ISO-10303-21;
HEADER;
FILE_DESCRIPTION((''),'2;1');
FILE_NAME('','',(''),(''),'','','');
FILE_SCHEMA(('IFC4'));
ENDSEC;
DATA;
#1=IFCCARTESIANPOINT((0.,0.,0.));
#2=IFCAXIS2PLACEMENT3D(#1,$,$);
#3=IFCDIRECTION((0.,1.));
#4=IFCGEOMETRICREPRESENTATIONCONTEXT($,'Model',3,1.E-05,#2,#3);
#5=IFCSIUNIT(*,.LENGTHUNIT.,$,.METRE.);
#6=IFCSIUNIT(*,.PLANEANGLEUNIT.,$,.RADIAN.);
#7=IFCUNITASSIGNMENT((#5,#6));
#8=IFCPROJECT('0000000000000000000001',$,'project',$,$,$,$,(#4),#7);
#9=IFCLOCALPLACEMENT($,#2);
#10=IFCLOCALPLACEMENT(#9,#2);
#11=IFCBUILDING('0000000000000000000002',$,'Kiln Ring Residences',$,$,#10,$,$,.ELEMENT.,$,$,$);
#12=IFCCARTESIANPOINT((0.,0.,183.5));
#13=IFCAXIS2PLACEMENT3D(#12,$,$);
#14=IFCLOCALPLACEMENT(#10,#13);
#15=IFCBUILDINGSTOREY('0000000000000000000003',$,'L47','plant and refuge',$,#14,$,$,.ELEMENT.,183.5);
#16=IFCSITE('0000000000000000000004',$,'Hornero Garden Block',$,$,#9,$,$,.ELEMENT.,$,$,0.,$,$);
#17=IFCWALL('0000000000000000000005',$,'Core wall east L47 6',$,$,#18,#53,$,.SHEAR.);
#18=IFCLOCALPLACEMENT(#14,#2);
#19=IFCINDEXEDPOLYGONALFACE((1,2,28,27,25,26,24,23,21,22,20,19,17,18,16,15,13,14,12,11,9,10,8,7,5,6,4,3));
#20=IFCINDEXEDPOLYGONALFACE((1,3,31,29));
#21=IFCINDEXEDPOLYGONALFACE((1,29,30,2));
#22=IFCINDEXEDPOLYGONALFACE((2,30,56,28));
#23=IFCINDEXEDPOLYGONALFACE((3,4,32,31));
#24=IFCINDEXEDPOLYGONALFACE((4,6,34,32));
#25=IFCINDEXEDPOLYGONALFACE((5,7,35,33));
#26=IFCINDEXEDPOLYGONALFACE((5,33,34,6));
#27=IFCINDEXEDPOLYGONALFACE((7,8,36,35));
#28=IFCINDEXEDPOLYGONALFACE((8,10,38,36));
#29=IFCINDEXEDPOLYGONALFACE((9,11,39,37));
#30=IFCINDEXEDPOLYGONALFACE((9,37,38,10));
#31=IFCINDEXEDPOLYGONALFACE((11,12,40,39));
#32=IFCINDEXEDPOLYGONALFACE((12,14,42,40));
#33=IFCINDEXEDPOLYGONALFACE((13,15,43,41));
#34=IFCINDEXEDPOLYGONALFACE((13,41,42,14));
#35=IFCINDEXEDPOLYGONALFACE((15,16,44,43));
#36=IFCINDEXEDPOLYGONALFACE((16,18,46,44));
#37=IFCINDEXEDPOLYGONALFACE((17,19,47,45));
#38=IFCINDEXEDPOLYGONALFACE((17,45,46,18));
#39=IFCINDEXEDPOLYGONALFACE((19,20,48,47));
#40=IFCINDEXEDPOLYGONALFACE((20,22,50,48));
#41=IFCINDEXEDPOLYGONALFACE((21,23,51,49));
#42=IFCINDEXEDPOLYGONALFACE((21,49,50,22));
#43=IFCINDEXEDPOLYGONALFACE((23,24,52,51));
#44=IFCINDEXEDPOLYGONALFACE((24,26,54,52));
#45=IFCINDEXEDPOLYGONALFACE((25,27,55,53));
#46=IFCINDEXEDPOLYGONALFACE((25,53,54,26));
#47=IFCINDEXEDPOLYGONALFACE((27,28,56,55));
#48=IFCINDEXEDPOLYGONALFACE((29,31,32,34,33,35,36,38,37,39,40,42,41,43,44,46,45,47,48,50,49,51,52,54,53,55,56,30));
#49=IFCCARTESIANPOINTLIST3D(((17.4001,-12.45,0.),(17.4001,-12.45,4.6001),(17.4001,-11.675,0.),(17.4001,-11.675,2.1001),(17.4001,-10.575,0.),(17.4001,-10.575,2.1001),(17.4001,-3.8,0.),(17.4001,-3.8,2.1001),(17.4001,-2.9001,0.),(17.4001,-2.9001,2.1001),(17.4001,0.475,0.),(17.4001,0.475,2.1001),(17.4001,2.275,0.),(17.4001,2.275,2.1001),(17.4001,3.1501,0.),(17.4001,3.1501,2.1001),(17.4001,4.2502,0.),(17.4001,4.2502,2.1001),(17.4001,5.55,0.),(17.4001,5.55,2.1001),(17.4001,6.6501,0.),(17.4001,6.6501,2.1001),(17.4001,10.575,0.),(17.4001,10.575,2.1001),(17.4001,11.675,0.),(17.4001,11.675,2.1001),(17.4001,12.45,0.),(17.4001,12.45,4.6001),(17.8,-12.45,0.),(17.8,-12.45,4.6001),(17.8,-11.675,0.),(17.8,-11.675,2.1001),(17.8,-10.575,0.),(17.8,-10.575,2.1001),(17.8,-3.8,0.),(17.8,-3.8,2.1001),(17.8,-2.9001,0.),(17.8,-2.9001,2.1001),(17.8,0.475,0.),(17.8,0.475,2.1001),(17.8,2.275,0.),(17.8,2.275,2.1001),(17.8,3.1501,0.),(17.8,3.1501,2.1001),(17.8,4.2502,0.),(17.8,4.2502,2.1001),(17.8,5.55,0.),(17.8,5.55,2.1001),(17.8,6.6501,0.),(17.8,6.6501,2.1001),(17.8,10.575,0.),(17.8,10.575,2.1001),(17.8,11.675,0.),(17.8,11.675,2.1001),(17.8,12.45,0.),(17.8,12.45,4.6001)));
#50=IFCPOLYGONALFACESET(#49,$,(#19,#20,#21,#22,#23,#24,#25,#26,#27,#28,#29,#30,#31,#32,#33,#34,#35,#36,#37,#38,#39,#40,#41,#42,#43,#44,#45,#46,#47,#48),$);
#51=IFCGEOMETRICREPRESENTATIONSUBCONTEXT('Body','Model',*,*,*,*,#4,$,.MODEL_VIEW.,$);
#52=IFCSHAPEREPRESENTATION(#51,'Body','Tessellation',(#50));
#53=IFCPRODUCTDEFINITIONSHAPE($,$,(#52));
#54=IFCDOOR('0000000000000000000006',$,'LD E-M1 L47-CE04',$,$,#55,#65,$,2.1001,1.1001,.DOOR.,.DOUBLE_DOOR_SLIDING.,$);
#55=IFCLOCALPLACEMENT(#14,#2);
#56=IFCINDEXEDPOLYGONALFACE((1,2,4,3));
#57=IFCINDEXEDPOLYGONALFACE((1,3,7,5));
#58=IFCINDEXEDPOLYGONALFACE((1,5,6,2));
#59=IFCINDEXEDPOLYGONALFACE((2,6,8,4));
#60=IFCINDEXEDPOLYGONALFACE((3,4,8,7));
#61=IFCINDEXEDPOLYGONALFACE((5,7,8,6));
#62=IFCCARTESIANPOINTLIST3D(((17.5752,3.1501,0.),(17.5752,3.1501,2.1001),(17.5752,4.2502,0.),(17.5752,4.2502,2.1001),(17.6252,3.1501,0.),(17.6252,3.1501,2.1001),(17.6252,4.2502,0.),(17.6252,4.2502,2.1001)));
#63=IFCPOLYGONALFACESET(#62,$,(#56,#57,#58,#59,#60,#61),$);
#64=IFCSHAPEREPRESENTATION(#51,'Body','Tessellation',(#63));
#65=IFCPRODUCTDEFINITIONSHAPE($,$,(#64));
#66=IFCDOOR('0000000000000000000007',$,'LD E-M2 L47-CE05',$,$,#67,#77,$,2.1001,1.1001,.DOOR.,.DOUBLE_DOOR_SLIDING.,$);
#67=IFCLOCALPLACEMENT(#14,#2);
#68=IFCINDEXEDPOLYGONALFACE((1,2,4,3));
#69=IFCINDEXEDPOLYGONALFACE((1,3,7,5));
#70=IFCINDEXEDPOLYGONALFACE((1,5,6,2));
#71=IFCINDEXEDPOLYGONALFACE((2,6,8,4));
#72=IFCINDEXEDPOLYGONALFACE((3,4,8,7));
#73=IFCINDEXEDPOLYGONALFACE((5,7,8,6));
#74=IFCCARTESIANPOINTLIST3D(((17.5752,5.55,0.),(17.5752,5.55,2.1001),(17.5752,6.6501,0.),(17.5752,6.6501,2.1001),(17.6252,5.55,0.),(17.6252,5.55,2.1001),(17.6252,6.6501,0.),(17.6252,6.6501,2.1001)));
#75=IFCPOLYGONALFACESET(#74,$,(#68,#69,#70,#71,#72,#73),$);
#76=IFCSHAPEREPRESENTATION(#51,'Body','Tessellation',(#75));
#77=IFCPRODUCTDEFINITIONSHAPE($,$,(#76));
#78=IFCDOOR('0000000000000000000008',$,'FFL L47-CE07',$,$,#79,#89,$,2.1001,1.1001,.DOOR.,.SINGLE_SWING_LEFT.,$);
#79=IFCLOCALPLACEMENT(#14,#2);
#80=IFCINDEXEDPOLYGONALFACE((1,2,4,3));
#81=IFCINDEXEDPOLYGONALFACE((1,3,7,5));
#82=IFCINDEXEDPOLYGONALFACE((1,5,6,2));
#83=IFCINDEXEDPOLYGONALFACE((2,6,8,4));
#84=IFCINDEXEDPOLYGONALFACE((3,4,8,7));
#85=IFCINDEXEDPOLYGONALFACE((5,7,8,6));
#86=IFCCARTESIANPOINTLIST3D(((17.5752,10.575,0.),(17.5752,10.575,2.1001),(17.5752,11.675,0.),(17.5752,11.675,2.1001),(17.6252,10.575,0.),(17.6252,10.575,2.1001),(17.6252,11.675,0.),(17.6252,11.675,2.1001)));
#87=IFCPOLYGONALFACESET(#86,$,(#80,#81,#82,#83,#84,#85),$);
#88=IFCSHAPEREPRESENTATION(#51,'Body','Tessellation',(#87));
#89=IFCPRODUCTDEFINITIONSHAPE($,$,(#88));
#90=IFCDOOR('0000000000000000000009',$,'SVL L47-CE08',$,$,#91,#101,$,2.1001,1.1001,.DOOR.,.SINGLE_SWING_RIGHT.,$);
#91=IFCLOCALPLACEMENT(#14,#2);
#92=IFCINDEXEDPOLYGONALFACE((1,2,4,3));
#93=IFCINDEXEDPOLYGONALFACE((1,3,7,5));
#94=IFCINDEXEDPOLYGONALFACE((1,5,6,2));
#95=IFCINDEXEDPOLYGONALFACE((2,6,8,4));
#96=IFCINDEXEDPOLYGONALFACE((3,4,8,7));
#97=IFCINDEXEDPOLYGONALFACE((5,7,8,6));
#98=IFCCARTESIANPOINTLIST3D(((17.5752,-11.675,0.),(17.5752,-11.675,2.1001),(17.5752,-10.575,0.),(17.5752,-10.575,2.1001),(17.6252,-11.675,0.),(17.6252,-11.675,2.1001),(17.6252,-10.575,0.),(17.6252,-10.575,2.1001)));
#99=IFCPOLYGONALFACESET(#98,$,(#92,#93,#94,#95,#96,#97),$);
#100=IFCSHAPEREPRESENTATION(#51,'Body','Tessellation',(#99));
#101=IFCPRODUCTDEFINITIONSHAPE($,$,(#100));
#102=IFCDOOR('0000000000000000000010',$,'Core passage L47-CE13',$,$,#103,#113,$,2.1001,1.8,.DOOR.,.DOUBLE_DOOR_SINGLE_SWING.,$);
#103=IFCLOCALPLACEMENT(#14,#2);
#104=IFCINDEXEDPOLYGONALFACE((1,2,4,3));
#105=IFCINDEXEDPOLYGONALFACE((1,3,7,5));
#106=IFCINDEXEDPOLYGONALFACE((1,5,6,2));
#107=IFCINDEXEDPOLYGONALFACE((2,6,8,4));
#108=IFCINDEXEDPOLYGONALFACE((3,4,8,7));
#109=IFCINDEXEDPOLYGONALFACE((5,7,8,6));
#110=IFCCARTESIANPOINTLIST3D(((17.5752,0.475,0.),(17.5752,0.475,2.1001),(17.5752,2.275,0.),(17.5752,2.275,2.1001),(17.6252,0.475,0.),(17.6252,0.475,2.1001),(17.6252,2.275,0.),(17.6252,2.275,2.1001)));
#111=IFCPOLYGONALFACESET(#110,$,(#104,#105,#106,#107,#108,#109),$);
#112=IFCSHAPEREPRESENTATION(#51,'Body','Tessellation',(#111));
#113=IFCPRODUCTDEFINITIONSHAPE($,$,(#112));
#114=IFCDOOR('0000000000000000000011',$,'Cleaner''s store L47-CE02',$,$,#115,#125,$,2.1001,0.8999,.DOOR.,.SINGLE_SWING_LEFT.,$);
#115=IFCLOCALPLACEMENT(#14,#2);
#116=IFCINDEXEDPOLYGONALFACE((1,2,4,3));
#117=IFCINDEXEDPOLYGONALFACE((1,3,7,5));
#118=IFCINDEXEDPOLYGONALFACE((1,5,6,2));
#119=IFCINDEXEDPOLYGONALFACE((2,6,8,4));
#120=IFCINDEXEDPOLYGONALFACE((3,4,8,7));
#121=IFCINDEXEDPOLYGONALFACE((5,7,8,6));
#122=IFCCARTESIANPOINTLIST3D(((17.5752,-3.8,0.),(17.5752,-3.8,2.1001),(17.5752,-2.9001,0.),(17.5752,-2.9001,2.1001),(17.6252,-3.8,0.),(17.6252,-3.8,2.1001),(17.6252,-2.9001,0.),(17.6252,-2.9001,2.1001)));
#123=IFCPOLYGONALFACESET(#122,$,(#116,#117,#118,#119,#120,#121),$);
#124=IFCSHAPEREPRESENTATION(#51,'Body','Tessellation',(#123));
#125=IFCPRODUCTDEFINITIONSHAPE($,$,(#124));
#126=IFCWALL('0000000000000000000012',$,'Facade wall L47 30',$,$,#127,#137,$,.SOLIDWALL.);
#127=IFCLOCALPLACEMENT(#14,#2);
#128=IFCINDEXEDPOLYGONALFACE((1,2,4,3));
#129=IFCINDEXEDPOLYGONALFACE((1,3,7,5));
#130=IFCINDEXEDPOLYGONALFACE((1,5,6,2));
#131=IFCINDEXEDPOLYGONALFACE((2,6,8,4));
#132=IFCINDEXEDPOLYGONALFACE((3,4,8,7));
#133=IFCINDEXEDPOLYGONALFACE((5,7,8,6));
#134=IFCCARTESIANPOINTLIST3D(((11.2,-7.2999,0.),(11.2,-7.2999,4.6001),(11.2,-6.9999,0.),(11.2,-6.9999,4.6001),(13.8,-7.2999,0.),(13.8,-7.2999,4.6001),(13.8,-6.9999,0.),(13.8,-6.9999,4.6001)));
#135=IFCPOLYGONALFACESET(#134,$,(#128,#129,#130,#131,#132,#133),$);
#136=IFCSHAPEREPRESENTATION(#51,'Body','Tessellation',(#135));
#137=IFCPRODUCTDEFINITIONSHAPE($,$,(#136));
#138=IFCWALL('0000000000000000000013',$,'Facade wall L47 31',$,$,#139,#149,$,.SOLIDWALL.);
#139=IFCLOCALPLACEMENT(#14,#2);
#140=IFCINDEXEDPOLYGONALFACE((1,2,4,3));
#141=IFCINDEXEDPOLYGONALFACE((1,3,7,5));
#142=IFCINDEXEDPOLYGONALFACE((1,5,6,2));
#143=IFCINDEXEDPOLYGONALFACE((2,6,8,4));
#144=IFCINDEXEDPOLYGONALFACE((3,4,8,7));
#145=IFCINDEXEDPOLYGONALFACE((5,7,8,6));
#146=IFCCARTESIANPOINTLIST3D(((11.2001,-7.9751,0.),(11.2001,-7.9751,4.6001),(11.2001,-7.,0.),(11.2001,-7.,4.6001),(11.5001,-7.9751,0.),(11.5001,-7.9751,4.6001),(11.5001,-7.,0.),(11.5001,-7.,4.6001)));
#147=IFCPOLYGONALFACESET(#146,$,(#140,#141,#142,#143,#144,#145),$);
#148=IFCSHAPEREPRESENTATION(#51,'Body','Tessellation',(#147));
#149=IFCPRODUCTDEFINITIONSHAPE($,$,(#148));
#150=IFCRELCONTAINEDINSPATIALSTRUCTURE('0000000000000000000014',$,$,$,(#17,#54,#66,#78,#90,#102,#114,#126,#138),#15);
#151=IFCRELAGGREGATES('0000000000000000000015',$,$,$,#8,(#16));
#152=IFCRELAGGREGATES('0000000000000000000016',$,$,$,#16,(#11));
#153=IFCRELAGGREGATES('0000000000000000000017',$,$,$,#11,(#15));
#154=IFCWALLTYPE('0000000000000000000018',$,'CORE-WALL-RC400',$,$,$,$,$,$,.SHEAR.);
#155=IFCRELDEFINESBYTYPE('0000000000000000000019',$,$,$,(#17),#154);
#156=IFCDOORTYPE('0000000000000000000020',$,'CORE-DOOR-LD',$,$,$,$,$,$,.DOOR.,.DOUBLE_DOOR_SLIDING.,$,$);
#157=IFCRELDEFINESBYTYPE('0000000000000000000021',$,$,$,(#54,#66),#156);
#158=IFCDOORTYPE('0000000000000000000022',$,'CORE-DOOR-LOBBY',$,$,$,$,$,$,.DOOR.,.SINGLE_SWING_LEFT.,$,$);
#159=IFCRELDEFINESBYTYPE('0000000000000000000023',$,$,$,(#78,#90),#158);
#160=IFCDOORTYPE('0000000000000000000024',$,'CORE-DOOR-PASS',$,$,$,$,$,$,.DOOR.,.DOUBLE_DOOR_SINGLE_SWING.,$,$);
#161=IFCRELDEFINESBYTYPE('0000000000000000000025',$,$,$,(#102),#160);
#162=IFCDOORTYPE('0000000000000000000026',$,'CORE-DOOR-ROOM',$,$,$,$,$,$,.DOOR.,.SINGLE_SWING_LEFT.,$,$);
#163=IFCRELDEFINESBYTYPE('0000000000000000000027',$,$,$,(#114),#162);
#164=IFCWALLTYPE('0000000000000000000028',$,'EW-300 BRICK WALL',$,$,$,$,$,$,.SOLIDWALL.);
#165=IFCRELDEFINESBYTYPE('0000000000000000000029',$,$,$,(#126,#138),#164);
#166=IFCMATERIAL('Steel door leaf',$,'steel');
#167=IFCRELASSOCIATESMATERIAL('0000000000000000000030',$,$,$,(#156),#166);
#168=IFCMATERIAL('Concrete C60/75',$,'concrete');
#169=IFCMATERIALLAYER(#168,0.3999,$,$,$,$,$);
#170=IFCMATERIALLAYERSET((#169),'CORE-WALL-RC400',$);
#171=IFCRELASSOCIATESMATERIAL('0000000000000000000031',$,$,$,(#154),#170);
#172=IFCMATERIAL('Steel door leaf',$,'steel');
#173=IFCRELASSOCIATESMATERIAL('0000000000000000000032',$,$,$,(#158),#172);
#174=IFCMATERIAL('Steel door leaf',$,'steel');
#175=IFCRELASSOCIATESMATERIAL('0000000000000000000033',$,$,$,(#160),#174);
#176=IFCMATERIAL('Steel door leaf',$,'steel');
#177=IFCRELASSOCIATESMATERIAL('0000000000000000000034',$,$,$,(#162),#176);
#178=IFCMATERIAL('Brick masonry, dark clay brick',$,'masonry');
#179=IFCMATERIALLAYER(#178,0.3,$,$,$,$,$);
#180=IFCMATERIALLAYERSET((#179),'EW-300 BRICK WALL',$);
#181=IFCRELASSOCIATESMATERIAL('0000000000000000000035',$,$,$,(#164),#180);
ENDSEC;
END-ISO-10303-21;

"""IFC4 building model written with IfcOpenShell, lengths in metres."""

from ifc_helpers import new_model, si_unit, direction, frame, frame_2d, origin, place, context, subcontext, project, spatial, rectangle, extrude, material, layer, layer_set, type_object, element, fill, save


model = new_model("IFC4")

# Units and contexts
model_context = context("Model", 3, precision=1e-05, world=origin(), true_north=direction((0.0, 1.0)))
body_context = subcontext(model_context, "Body", "Model", "MODEL_VIEW")
ifc_project = project(units=[si_unit("LENGTHUNIT", "METRE"), si_unit("PLANEANGLEUNIT", "RADIAN")], contexts=[model_context])

# Site, building, storey
site_placement = place(None, origin())
site = spatial("IfcSite", under=ifc_project, at=site_placement, Name="Hornero Garden Block", CompositionType="ELEMENT", RefElevation=0.0)
building_placement = place(site_placement, origin())
building = spatial("IfcBuilding", under=site, at=building_placement, Name="Kiln Ring Residences", CompositionType="ELEMENT")
storey_placement = place(building_placement, frame((0.0, 0.0, 183.5)))
storey = spatial("IfcBuildingStorey", under=building, at=storey_placement, Name="L47", Description="plant and refuge", CompositionType="ELEMENT", Elevation=183.5)

# Wall, openings, doors
ifc_material_1 = material(Name="Steel door leaf", Category="steel")
door_type_1 = type_object("IfcDoorType", Name="CORE-DOOR-LD", OperationType="DOUBLE_DOOR_SLIDING", PredefinedType="DOOR", material=ifc_material_1)
ifc_material_2 = material(Name="Concrete C60/75", Category="concrete")
ifc_layer_1 = layer(ifc_material_2, 0.3999)
ifc_layer_set_1 = layer_set([ifc_layer_1], Name="CORE-WALL-RC400")
wall_type_1 = type_object("IfcWallType", Name="CORE-WALL-RC400", PredefinedType="SHEAR", material=ifc_layer_set_1)
wall_1_placement = place(storey_placement, frame((17.6001, -12.45, 0.0), z_axis=(0.0, 0.0, 1.0), x_axis=(0.0, 1.0, 0.0)))
wall_1 = element("IfcWall", 1, at=wall_1_placement, inside=storey, type_object=wall_type_1, Name="Core wall east L47 6", PredefinedType="SHEAR", context=body_context, shape_type="SweptSolid", body=[
    extrude(rectangle(XDim=24.8999, YDim=0.3999, at=frame_2d((12.45, 0.0))), origin(), (0.0, 0.0, 1.0), 4.6001),
])
opening_1_placement = place(wall_1_placement, frame((8.6499, 0.0, 0.0)))
opening_1 = element("IfcOpeningElement", 2, at=opening_1_placement, cuts=wall_1, PredefinedType="OPENING", context=body_context, shape_type="SweptSolid", body=[
    extrude(rectangle(XDim=0.8999, YDim=2.1001, at=frame_2d((0.45, 1.05))), frame((0.0, 0.21, 0.0), z_axis=(0.0, -1.0, 0.0), x_axis=(1.0, 0.0, 0.0)), (0.0, 0.0, 1.0), 0.4199),
])
opening_2_placement = place(wall_1_placement, frame((15.6001, 0.0, 0.0)))
opening_2 = element("IfcOpeningElement", 3, at=opening_2_placement, cuts=wall_1, PredefinedType="OPENING", context=body_context, shape_type="SweptSolid", body=[
    extrude(rectangle(XDim=1.1001, YDim=2.1001, at=frame_2d((0.55, 1.05))), frame((0.0, 0.21, 0.0), z_axis=(0.0, -1.0, 0.0), x_axis=(1.0, 0.0, 0.0)), (0.0, 0.0, 1.0), 0.4199),
])
opening_3_placement = place(wall_1_placement, frame((18.0, 0.0, 0.0)))
opening_3 = element("IfcOpeningElement", 4, at=opening_3_placement, cuts=wall_1, PredefinedType="OPENING", context=body_context, shape_type="SweptSolid", body=[
    extrude(rectangle(XDim=1.1001, YDim=2.1001, at=frame_2d((0.55, 1.05))), frame((0.0, 0.21, 0.0), z_axis=(0.0, -1.0, 0.0), x_axis=(1.0, 0.0, 0.0)), (0.0, 0.0, 1.0), 0.4199),
])
opening_4_placement = place(wall_1_placement, frame((23.0249, 0.0, 0.0)))
opening_4 = element("IfcOpeningElement", 5, at=opening_4_placement, cuts=wall_1, PredefinedType="OPENING", context=body_context, shape_type="SweptSolid", body=[
    extrude(rectangle(XDim=1.1001, YDim=2.1001, at=frame_2d((0.55, 1.05))), frame((0.0, 0.21, 0.0), z_axis=(0.0, -1.0, 0.0), x_axis=(1.0, 0.0, 0.0)), (0.0, 0.0, 1.0), 0.4199),
])
opening_5_placement = place(wall_1_placement, frame((0.7749, 0.0, 0.0)))
opening_5 = element("IfcOpeningElement", 6, at=opening_5_placement, cuts=wall_1, PredefinedType="OPENING", context=body_context, shape_type="SweptSolid", body=[
    extrude(rectangle(XDim=1.1001, YDim=2.1001, at=frame_2d((0.55, 1.05))), frame((0.0, 0.21, 0.0), z_axis=(0.0, -1.0, 0.0), x_axis=(1.0, 0.0, 0.0)), (0.0, 0.0, 1.0), 0.4199),
])
opening_6_placement = place(wall_1_placement, frame((12.925, 0.0, 0.0)))
opening_6 = element("IfcOpeningElement", 7, at=opening_6_placement, cuts=wall_1, PredefinedType="OPENING", context=body_context, shape_type="SweptSolid", body=[
    extrude(rectangle(XDim=1.8, YDim=2.1001, at=frame_2d((0.8999, 1.05))), frame((0.0, 0.21, 0.0), z_axis=(0.0, -1.0, 0.0), x_axis=(1.0, 0.0, 0.0)), (0.0, 0.0, 1.0), 0.4199),
])
door_1_placement = place(opening_2_placement, origin())
door_1 = element("IfcDoor", 8, at=door_1_placement, inside=storey, type_object=door_type_1, Name="LD E-M1 L47-CE04", OperationType="DOUBLE_DOOR_SLIDING", OverallHeight=2.1001, OverallWidth=1.1001, PredefinedType="DOOR", context=body_context, shape_type="SweptSolid", body=[
    extrude(rectangle(XDim=1.1001, YDim=2.1001, at=frame_2d((0.55, 1.05))), frame((0.0, 0.0249, 0.0), z_axis=(0.0, -1.0, 0.0), x_axis=(1.0, 0.0, 0.0)), (0.0, 0.0, 1.0), 0.05),
])
fill(opening_2, door_1)
door_2_placement = place(opening_3_placement, origin())
door_2 = element("IfcDoor", 9, at=door_2_placement, inside=storey, type_object=door_type_1, Name="LD E-M2 L47-CE05", OperationType="DOUBLE_DOOR_SLIDING", OverallHeight=2.1001, OverallWidth=1.1001, PredefinedType="DOOR", context=body_context, shape_type="SweptSolid", body=[
    extrude(rectangle(XDim=1.1001, YDim=2.1001, at=frame_2d((0.55, 1.05))), frame((0.0, 0.0249, 0.0), z_axis=(0.0, -1.0, 0.0), x_axis=(1.0, 0.0, 0.0)), (0.0, 0.0, 1.0), 0.05),
])
fill(opening_3, door_2)
ifc_material_3 = material(Name="Steel door leaf", Category="steel")
door_type_2 = type_object("IfcDoorType", Name="CORE-DOOR-LOBBY", OperationType="SINGLE_SWING_LEFT", PredefinedType="DOOR", material=ifc_material_3)
door_3_placement = place(opening_4_placement, origin())
door_3 = element("IfcDoor", 10, at=door_3_placement, inside=storey, type_object=door_type_2, Name="FFL L47-CE07", OperationType="SINGLE_SWING_LEFT", OverallHeight=2.1001, OverallWidth=1.1001, PredefinedType="DOOR", context=body_context, shape_type="SweptSolid", body=[
    extrude(rectangle(XDim=1.1001, YDim=2.1001, at=frame_2d((0.55, 1.05))), frame((0.0, 0.0249, 0.0), z_axis=(0.0, -1.0, 0.0), x_axis=(1.0, 0.0, 0.0)), (0.0, 0.0, 1.0), 0.05),
])
fill(opening_4, door_3)
door_4_placement = place(opening_5_placement, origin())
door_4 = element("IfcDoor", 11, at=door_4_placement, inside=storey, type_object=door_type_2, Name="SVL L47-CE08", OperationType="SINGLE_SWING_RIGHT", OverallHeight=2.1001, OverallWidth=1.1001, PredefinedType="DOOR", context=body_context, shape_type="SweptSolid", body=[
    extrude(rectangle(XDim=1.1001, YDim=2.1001, at=frame_2d((0.55, 1.05))), frame((0.0, 0.0249, 0.0), z_axis=(0.0, -1.0, 0.0), x_axis=(1.0, 0.0, 0.0)), (0.0, 0.0, 1.0), 0.05),
])
fill(opening_5, door_4)
ifc_material_4 = material(Name="Steel door leaf", Category="steel")
door_type_3 = type_object("IfcDoorType", Name="CORE-DOOR-PASS", OperationType="DOUBLE_DOOR_SINGLE_SWING", PredefinedType="DOOR", material=ifc_material_4)
door_5_placement = place(opening_6_placement, origin())
door_5 = element("IfcDoor", 12, at=door_5_placement, inside=storey, type_object=door_type_3, Name="Core passage L47-CE13", OperationType="DOUBLE_DOOR_SINGLE_SWING", OverallHeight=2.1001, OverallWidth=1.8, PredefinedType="DOOR", context=body_context, shape_type="SweptSolid", body=[
    extrude(rectangle(XDim=1.8, YDim=2.1001, at=frame_2d((0.8999, 1.05))), frame((0.0, 0.0249, 0.0), z_axis=(0.0, -1.0, 0.0), x_axis=(1.0, 0.0, 0.0)), (0.0, 0.0, 1.0), 0.05),
])
fill(opening_6, door_5)
ifc_material_5 = material(Name="Steel door leaf", Category="steel")
door_type_4 = type_object("IfcDoorType", Name="CORE-DOOR-ROOM", OperationType="SINGLE_SWING_LEFT", PredefinedType="DOOR", material=ifc_material_5)
door_6_placement = place(opening_1_placement, origin())
door_6 = element("IfcDoor", 13, at=door_6_placement, inside=storey, type_object=door_type_4, Name="Cleaner's store L47-CE02", OperationType="SINGLE_SWING_LEFT", OverallHeight=2.1001, OverallWidth=0.8999, PredefinedType="DOOR", context=body_context, shape_type="SweptSolid", body=[
    extrude(rectangle(XDim=0.8999, YDim=2.1001, at=frame_2d((0.45, 1.05))), frame((0.0, 0.0249, 0.0), z_axis=(0.0, -1.0, 0.0), x_axis=(1.0, 0.0, 0.0)), (0.0, 0.0, 1.0), 0.05),
])
fill(opening_1, door_6)

# Walls
ifc_material_6 = material(Name="Brick masonry, dark clay brick", Category="masonry")
ifc_layer_2 = layer(ifc_material_6, 0.3)
ifc_layer_set_2 = layer_set([ifc_layer_2], Name="EW-300 BRICK WALL")
wall_type_2 = type_object("IfcWallType", Name="EW-300 BRICK WALL", PredefinedType="SOLIDWALL", material=ifc_layer_set_2)
wall_2_placement = place(storey_placement, frame((13.8, -7.1499, 0.0), z_axis=(0.0, 0.0, 1.0), x_axis=(-1.0, 0.0, 0.0)))
element("IfcWall", 14, at=wall_2_placement, inside=storey, type_object=wall_type_2, Name="Facade wall L47 30", PredefinedType="SOLIDWALL", context=body_context, shape_type="SweptSolid", body=[
    extrude(rectangle(XDim=2.6001, YDim=0.3, at=frame_2d((1.3, 0.0))), origin(), (0.0, 0.0, 1.0), 4.6001),
])
wall_3_placement = place(storey_placement, frame((11.3501, -7.0, 0.0), z_axis=(0.0, 0.0, 1.0), x_axis=(0.0, -1.0, 0.0)))
element("IfcWall", 15, at=wall_3_placement, inside=storey, type_object=wall_type_2, Name="Facade wall L47 31", PredefinedType="SOLIDWALL", context=body_context, shape_type="SweptSolid", body=[
    extrude(rectangle(XDim=0.9751, YDim=0.3, at=frame_2d((0.4875, 0.0))), origin(), (0.0, 0.0, 1.0), 4.6001),
])

save(model, "model.ifc")
